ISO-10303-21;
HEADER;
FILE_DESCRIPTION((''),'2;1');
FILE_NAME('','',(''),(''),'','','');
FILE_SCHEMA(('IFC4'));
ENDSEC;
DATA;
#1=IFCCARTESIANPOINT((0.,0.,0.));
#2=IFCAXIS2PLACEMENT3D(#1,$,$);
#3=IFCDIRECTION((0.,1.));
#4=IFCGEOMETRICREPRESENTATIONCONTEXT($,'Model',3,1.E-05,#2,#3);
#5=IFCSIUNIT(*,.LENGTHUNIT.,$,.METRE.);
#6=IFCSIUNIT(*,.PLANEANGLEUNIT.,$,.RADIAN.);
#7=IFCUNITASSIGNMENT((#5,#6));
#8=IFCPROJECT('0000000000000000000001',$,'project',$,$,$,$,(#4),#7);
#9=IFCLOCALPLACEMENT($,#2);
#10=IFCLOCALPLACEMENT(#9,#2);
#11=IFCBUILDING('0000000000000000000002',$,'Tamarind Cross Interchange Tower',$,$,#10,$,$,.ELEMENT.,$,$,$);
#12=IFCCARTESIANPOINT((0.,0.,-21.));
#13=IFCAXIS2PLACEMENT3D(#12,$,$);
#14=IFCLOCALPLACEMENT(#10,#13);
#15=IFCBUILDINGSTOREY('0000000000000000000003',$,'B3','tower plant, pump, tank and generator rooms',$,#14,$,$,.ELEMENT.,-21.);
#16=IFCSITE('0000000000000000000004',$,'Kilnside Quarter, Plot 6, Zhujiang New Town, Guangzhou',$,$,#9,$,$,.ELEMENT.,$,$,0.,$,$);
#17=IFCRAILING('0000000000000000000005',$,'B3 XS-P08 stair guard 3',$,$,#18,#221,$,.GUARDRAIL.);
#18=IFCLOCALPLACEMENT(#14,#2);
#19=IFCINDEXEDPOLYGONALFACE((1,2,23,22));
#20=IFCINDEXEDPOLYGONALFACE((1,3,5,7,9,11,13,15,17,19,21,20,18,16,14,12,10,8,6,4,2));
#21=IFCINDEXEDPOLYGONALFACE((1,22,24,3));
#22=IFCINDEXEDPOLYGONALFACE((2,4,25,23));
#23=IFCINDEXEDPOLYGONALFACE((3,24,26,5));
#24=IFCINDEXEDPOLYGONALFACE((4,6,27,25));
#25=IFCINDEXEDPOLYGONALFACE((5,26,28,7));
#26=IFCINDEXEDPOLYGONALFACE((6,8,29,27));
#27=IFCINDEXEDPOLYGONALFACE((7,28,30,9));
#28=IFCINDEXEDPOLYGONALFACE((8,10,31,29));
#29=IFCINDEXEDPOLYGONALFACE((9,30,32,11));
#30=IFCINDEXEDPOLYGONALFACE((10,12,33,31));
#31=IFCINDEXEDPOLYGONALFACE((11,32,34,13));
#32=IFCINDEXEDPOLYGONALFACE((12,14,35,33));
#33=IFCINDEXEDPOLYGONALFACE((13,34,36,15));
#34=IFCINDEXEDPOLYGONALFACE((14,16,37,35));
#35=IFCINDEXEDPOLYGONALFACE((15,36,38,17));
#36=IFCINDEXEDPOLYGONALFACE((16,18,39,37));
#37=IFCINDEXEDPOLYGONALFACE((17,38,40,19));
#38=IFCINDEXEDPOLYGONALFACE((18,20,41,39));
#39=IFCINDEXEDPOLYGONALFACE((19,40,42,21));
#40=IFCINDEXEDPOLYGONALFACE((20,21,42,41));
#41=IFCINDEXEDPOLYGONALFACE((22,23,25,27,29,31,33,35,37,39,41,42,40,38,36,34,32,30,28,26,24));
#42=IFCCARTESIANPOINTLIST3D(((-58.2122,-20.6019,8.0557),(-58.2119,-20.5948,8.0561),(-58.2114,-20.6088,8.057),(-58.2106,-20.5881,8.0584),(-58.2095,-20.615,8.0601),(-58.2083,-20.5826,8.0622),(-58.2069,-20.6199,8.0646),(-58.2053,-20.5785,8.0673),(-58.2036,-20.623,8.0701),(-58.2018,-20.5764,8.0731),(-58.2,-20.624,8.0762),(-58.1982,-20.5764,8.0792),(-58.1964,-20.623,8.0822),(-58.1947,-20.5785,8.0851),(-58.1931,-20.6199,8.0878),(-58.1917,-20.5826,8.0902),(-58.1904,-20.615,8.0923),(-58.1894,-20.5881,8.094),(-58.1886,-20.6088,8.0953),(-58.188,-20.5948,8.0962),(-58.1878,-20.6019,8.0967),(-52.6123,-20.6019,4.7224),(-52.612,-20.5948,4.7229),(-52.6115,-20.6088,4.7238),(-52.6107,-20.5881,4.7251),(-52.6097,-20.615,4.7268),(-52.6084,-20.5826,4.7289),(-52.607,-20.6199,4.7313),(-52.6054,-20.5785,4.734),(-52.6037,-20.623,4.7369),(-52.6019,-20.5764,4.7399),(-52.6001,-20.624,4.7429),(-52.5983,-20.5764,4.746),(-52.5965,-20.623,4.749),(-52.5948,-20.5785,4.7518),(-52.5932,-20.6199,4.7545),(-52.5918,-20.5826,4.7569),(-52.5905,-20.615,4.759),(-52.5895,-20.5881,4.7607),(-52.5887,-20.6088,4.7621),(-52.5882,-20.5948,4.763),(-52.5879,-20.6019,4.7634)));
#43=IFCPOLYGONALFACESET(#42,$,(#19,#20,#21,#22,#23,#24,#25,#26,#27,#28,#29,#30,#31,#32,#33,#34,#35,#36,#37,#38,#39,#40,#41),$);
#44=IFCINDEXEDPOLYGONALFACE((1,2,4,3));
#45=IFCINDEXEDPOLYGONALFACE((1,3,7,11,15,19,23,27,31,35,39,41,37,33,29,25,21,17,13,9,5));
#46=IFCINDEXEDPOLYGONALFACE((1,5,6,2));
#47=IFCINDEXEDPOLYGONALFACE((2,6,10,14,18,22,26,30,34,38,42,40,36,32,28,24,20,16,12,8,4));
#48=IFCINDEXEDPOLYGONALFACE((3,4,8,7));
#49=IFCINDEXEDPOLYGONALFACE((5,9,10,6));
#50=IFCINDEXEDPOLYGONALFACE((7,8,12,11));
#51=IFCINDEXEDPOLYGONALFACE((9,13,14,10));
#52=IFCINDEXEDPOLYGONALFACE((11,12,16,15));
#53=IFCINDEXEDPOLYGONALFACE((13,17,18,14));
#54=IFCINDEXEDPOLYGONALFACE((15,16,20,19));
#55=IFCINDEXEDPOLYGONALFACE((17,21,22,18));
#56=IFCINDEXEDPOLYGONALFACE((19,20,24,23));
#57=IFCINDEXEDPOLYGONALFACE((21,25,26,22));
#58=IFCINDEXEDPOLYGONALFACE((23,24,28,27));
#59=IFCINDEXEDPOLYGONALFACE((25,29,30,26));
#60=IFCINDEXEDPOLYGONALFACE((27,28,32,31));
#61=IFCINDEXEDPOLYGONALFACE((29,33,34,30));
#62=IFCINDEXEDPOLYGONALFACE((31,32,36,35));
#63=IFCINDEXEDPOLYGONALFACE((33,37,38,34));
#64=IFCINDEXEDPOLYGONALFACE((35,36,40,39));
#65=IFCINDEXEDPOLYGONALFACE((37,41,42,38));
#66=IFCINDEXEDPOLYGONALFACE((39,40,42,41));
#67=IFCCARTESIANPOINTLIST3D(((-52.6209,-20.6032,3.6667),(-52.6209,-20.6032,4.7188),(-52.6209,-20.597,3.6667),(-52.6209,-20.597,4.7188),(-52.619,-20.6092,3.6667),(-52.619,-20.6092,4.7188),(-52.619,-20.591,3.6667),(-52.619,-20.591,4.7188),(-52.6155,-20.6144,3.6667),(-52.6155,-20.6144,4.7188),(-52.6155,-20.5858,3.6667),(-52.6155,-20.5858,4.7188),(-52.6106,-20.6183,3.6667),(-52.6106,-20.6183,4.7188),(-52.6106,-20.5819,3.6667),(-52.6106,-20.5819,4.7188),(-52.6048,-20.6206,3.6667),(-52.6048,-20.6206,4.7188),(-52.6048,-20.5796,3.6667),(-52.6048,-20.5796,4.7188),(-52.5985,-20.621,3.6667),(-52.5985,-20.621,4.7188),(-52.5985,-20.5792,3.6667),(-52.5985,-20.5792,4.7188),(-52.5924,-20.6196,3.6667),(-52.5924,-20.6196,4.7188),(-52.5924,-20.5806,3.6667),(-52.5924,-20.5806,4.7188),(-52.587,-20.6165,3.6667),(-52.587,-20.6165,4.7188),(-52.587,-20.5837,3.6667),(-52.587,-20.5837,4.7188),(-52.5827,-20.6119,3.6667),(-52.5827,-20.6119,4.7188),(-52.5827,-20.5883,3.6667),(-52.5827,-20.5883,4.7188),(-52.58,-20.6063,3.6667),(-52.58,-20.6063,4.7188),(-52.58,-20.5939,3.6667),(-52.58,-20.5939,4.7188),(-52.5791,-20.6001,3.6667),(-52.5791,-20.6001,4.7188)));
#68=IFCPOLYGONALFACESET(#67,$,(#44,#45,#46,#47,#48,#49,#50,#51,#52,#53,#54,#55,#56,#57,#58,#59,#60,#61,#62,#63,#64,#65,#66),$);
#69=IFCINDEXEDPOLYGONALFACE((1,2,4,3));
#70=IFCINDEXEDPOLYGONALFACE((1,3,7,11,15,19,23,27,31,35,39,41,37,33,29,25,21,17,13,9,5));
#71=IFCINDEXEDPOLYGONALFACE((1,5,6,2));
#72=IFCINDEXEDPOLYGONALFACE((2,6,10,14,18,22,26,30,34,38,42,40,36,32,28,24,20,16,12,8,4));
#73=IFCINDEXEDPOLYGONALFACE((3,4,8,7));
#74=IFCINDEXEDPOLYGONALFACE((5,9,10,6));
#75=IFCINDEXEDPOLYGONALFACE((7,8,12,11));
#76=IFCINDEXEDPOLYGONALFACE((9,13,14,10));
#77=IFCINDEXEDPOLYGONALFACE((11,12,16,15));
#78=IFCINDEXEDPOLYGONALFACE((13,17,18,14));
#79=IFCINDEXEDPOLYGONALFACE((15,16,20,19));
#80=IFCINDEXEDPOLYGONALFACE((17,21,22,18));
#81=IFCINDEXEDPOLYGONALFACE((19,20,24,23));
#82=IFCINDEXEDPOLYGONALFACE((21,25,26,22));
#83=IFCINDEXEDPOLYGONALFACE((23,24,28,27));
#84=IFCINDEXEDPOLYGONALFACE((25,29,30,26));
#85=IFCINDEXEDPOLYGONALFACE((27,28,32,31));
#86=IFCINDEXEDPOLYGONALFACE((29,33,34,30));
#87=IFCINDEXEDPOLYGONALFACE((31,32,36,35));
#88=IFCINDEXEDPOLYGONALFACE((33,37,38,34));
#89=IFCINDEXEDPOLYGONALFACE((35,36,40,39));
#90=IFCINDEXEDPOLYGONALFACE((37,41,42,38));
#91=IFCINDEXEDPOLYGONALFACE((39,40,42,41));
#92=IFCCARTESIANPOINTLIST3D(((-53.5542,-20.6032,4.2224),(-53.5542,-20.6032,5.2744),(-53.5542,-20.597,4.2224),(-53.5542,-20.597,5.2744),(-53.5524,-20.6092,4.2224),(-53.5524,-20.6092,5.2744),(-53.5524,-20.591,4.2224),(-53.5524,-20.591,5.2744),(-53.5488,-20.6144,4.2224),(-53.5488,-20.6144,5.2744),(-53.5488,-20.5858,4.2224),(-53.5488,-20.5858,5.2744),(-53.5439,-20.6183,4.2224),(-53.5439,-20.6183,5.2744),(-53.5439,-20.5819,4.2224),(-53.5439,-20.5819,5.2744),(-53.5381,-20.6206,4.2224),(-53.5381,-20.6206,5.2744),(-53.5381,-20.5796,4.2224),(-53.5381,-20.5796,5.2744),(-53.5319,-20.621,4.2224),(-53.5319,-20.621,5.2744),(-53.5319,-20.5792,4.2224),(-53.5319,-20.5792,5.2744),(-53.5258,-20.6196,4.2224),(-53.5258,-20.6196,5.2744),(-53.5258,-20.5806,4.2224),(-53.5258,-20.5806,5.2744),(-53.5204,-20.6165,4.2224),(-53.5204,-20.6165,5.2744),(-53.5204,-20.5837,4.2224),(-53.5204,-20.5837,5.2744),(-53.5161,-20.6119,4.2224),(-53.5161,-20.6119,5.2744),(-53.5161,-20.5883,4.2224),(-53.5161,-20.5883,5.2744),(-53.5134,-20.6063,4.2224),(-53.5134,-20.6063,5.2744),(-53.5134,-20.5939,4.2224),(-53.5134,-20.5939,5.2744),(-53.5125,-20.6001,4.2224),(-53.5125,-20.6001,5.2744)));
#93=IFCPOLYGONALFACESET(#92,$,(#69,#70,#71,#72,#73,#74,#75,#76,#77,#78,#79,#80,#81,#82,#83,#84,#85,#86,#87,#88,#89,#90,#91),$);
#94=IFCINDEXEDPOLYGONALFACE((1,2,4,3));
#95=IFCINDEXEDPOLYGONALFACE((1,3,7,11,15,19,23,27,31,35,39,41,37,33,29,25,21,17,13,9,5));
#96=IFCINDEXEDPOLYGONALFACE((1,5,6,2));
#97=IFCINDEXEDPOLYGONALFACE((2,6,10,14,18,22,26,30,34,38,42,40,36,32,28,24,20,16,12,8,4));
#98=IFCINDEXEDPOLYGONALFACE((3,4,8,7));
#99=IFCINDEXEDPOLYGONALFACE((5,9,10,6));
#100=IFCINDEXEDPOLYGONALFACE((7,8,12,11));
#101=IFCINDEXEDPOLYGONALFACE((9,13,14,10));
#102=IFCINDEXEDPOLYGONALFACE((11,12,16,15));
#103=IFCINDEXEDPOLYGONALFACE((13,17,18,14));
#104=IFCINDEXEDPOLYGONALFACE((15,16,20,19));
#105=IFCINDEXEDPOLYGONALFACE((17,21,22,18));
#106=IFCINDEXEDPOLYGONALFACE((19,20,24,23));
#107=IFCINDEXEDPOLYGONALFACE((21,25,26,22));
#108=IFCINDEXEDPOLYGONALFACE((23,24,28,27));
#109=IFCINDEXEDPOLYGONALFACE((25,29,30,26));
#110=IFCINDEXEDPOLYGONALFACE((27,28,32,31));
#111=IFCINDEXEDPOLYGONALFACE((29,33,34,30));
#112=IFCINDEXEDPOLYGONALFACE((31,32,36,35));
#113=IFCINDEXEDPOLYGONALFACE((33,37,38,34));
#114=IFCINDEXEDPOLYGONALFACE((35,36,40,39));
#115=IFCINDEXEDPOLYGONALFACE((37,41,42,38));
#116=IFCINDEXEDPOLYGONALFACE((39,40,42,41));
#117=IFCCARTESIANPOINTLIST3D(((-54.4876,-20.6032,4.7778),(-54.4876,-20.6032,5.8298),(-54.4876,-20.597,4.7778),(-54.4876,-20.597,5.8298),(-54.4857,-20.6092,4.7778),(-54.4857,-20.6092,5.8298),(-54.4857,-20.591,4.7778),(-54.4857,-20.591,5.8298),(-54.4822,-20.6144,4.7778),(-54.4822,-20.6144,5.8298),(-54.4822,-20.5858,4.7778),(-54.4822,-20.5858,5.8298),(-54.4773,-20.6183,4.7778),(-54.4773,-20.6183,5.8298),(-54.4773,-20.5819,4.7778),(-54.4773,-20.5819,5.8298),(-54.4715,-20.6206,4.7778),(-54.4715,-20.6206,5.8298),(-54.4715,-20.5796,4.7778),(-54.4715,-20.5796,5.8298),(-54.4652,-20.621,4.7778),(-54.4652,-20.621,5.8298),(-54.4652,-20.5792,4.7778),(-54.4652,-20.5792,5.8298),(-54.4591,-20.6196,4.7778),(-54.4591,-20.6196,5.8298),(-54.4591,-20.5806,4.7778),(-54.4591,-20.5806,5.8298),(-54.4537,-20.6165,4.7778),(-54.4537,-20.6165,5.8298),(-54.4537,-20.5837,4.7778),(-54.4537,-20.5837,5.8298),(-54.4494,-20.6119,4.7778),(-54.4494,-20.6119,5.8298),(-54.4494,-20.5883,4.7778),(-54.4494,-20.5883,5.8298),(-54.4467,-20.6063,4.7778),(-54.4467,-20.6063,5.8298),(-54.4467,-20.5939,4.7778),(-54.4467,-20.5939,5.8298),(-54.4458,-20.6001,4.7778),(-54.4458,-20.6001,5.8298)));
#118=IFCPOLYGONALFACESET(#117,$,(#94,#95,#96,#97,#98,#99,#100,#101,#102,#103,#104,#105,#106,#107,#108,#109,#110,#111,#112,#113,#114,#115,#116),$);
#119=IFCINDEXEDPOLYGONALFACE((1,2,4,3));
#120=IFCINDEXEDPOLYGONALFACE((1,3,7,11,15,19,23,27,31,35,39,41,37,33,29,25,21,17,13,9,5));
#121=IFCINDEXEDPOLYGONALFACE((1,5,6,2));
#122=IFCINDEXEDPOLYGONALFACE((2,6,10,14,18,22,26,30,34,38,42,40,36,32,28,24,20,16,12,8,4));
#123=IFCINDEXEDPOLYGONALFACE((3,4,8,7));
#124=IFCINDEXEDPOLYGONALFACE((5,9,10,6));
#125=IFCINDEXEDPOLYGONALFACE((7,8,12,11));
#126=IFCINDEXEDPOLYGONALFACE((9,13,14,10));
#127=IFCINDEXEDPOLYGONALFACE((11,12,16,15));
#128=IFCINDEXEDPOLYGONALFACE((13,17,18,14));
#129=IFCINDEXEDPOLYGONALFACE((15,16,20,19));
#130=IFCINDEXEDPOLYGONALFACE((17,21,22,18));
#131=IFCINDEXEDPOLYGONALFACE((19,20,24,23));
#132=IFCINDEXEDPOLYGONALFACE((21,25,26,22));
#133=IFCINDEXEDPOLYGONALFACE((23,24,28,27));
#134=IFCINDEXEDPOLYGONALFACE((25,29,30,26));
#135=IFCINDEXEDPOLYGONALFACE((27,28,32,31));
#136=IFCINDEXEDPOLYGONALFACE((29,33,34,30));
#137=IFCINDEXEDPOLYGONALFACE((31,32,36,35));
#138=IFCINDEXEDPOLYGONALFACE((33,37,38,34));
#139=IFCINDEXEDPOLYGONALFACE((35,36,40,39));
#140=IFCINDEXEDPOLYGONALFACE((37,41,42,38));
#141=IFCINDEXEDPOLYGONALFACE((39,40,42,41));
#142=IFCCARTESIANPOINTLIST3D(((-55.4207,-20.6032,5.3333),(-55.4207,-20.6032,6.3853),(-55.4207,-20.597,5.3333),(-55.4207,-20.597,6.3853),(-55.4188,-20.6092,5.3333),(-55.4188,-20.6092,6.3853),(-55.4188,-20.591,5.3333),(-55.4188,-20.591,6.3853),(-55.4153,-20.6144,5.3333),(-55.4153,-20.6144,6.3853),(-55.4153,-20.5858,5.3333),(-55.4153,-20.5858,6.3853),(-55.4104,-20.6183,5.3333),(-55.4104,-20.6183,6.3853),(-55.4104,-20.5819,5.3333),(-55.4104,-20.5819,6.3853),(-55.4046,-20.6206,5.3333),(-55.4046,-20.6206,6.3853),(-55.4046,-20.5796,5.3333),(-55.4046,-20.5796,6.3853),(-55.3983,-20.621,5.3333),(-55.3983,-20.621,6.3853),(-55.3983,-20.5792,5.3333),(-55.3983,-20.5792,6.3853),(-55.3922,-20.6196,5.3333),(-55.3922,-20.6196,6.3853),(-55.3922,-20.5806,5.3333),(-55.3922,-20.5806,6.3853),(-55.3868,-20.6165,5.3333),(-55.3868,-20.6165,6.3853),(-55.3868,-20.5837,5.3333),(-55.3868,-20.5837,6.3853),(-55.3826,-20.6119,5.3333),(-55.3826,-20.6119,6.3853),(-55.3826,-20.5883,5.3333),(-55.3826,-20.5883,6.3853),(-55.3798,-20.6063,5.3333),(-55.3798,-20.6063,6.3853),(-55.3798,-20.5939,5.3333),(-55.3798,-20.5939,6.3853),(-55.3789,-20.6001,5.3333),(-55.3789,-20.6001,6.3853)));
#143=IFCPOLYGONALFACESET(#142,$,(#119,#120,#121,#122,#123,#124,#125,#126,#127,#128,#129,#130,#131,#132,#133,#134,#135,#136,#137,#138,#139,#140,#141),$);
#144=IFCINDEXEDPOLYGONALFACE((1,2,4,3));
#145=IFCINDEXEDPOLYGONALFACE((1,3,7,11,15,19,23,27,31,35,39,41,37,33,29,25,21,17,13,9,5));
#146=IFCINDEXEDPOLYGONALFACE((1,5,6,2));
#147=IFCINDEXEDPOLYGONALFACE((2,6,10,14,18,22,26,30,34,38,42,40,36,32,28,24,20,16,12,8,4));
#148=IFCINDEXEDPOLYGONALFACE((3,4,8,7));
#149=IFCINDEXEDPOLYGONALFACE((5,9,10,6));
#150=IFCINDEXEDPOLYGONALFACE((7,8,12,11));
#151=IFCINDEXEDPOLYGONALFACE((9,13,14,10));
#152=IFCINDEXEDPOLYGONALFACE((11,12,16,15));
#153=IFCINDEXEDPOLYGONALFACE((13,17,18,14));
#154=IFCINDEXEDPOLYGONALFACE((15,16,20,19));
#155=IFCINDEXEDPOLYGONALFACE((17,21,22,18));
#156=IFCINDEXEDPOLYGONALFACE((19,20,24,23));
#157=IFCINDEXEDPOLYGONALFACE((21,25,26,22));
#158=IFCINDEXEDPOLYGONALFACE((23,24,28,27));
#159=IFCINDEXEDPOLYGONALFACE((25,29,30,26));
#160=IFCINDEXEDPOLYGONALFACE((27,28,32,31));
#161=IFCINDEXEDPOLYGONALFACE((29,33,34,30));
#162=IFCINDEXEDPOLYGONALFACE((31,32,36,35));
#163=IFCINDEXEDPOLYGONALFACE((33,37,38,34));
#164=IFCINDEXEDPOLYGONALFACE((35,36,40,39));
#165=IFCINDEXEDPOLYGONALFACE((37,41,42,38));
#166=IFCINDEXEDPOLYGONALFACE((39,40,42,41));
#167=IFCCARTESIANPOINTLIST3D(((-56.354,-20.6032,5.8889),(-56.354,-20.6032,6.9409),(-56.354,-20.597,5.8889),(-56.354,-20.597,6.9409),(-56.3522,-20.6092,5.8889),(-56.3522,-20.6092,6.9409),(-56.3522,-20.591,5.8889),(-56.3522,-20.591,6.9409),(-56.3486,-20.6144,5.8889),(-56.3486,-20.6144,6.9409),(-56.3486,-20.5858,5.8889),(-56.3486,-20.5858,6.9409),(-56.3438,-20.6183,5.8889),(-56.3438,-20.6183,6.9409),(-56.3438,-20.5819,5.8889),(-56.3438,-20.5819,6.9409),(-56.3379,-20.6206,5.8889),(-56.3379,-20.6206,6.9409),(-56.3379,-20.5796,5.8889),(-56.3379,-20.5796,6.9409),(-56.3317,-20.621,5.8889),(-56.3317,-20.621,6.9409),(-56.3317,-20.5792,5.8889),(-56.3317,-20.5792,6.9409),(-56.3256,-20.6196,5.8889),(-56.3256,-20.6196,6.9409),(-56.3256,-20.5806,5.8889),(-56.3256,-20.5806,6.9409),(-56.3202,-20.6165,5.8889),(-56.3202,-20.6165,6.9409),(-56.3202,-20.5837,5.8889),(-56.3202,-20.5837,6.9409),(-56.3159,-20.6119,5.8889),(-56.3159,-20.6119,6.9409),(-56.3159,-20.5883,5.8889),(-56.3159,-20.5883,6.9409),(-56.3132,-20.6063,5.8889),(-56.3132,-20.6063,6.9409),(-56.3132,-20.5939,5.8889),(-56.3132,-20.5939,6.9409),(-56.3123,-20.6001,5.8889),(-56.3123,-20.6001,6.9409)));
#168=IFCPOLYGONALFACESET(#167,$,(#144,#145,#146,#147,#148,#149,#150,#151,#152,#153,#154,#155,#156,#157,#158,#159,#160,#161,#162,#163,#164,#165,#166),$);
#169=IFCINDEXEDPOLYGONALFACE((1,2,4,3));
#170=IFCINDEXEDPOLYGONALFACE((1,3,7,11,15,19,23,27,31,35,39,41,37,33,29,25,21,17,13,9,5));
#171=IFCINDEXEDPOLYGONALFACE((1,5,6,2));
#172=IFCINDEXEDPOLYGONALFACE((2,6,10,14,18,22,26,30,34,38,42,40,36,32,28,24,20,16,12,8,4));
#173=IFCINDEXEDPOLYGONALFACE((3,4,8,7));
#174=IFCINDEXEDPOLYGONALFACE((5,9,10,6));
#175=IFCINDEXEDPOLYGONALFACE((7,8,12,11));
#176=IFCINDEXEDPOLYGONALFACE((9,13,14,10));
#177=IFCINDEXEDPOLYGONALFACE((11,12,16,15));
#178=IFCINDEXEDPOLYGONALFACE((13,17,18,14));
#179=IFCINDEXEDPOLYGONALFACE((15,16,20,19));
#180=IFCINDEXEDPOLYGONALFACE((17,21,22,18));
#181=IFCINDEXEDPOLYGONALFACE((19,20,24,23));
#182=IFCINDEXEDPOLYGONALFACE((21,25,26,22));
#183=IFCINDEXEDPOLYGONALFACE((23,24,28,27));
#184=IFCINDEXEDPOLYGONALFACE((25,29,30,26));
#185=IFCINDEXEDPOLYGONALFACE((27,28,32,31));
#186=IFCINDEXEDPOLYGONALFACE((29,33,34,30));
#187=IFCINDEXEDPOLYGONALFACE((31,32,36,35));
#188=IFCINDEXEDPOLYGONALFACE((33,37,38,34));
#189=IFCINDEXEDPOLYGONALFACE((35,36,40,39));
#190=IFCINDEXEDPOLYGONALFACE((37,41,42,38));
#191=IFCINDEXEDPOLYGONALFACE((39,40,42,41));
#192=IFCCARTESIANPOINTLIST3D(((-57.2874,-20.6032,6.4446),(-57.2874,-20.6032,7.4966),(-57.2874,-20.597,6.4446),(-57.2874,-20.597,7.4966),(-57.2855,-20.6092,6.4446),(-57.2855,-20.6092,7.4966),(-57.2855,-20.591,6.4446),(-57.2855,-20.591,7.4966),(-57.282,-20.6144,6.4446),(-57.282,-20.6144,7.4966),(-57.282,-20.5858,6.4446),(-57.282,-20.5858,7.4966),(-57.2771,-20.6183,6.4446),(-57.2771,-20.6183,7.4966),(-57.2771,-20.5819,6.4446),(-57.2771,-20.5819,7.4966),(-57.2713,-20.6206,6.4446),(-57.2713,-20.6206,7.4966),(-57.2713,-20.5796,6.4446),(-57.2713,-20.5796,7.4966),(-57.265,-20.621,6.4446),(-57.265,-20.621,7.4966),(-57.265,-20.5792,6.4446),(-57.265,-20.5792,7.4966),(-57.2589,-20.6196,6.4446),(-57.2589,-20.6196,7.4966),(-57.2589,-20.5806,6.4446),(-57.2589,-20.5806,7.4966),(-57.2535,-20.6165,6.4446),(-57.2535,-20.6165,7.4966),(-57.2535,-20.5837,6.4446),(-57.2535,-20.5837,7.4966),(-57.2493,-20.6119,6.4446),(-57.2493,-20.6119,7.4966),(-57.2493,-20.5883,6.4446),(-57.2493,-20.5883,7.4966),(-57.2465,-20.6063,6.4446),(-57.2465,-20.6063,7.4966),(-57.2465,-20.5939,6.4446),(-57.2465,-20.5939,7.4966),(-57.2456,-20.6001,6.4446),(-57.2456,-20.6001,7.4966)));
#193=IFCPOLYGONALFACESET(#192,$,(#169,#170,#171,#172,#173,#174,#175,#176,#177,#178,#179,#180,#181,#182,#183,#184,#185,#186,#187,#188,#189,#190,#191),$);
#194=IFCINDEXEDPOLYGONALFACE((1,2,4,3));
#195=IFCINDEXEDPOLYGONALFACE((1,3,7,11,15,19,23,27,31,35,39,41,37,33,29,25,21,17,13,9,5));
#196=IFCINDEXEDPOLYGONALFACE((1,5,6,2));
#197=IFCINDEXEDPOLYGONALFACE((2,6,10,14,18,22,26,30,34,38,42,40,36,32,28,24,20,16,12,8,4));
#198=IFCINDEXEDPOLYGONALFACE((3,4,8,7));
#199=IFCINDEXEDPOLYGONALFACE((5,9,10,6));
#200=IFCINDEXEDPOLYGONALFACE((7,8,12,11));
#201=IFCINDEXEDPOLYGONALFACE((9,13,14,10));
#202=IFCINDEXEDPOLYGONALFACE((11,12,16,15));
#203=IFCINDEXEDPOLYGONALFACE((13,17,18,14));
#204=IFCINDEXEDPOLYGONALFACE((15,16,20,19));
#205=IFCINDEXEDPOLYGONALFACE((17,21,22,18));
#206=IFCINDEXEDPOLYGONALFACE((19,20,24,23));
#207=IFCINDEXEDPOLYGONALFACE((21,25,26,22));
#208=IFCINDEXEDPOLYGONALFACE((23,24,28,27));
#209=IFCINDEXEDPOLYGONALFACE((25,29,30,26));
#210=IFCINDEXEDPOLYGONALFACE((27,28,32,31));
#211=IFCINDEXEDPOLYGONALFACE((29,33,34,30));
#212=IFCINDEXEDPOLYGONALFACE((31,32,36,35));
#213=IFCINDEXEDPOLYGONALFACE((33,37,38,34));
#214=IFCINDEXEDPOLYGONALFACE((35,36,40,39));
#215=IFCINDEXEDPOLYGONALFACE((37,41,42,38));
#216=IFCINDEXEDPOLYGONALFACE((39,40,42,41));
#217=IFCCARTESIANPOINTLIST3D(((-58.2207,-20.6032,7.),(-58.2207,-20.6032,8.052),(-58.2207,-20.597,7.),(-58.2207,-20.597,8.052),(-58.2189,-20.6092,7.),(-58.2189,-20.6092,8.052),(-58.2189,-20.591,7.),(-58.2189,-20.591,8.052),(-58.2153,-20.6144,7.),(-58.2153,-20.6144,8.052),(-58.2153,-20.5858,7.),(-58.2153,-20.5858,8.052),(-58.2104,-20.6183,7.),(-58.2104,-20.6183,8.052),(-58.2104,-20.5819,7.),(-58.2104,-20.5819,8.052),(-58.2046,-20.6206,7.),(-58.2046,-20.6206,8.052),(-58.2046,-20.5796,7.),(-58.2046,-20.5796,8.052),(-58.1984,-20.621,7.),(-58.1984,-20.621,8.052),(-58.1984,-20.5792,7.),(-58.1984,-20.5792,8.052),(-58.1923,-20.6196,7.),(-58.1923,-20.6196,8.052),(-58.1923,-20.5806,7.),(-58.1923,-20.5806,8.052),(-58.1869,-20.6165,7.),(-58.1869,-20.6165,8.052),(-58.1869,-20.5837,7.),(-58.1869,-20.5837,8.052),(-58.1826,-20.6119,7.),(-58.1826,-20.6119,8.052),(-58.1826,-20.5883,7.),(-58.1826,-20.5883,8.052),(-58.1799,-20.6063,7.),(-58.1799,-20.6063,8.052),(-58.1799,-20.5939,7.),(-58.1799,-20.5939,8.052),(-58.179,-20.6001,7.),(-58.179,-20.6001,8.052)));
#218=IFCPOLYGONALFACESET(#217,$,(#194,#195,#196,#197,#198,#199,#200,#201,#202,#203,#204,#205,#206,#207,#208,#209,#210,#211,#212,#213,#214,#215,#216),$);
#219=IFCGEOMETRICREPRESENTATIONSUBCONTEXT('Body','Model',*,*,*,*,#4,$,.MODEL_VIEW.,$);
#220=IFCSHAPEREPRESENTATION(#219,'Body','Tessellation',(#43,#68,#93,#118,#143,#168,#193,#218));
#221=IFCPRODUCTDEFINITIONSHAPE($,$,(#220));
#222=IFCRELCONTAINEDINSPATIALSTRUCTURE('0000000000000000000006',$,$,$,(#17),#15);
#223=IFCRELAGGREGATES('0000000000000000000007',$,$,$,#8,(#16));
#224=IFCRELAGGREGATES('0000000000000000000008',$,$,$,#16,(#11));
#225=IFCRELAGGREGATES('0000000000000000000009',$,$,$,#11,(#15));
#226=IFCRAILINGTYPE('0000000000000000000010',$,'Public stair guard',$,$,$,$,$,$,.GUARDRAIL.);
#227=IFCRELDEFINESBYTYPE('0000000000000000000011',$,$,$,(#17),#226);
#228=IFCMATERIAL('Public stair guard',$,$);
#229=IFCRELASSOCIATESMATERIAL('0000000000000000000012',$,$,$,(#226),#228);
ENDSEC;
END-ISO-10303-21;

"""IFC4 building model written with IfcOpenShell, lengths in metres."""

from ifc_helpers import new_model, si_unit, direction, frame, origin, origin_2d, place, context, subcontext, project, spatial, circle, extrude, material, type_object, element, save


model = new_model("IFC4")

# Units and contexts
model_context = context("Model", 3, precision=1e-05, world=origin(), true_north=direction((0.0, 1.0)))
body_context = subcontext(model_context, "Body", "Model", "MODEL_VIEW")
ifc_project = project(units=[si_unit("LENGTHUNIT", "METRE"), si_unit("PLANEANGLEUNIT", "RADIAN")], contexts=[model_context])

# Site, building, storey
site_placement = place(None, origin())
site = spatial("IfcSite", under=ifc_project, at=site_placement, Name="Kilnside Quarter, Plot 6, Zhujiang New Town, Guangzhou", CompositionType="ELEMENT", RefElevation=0.0)
building_placement = place(site_placement, origin())
building = spatial("IfcBuilding", under=site, at=building_placement, Name="Tamarind Cross Interchange Tower", CompositionType="ELEMENT")
storey_placement = place(building_placement, frame((0.0, 0.0, -21.0)))
storey = spatial("IfcBuildingStorey", under=building, at=storey_placement, Name="B3", Description="tower plant, pump, tank and generator rooms", CompositionType="ELEMENT", Elevation=-21.0)

# Railing
ifc_material_1 = material(Name="Public stair guard")
railing_type_1 = type_object("IfcRailingType", Name="Public stair guard", PredefinedType="GUARDRAIL", material=ifc_material_1)
railing_1_placement = place(storey_placement, frame((-52.6001, -20.6001, 3.6667)))
element("IfcRailing", 1, at=railing_1_placement, inside=storey, type_object=railing_type_1, Name="B3 XS-P08 stair guard 3", PredefinedType="GUARDRAIL", context=body_context, shape_type="SweptSolid", body=[
    extrude(circle(Radius=0.0239, at=origin_2d()), frame((0.0, 0.0, 1.0762), z_axis=(-0.859292, 0.0, 0.511485), x_axis=(0.0, -1.0, 0.0)), (0.0, 0.0, 1.0), 6.5168),
    extrude(circle(Radius=0.021, at=origin_2d()), origin(), (0.0, 0.0, 1.0), 1.052),
    extrude(circle(Radius=0.021, at=origin_2d()), frame((-0.9333, 0.0, 0.5557)), (0.0, 0.0, 1.0), 1.052),
    extrude(circle(Radius=0.021, at=origin_2d()), frame((-1.8667, 0.0, 1.1111)), (0.0, 0.0, 1.0), 1.052),
    extrude(circle(Radius=0.021, at=origin_2d()), frame((-2.7998, 0.0, 1.6665)), (0.0, 0.0, 1.0), 1.052),
    extrude(circle(Radius=0.021, at=origin_2d()), frame((-3.7332, 0.0, 2.2222)), (0.0, 0.0, 1.0), 1.052),
    extrude(circle(Radius=0.021, at=origin_2d()), frame((-4.6665, 0.0, 2.7778)), (0.0, 0.0, 1.0), 1.052),
    extrude(circle(Radius=0.021, at=origin_2d()), frame((-5.5999, 0.0, 3.3333)), (0.0, 0.0, 1.0), 1.052),
])

save(model, "model.ifc")
